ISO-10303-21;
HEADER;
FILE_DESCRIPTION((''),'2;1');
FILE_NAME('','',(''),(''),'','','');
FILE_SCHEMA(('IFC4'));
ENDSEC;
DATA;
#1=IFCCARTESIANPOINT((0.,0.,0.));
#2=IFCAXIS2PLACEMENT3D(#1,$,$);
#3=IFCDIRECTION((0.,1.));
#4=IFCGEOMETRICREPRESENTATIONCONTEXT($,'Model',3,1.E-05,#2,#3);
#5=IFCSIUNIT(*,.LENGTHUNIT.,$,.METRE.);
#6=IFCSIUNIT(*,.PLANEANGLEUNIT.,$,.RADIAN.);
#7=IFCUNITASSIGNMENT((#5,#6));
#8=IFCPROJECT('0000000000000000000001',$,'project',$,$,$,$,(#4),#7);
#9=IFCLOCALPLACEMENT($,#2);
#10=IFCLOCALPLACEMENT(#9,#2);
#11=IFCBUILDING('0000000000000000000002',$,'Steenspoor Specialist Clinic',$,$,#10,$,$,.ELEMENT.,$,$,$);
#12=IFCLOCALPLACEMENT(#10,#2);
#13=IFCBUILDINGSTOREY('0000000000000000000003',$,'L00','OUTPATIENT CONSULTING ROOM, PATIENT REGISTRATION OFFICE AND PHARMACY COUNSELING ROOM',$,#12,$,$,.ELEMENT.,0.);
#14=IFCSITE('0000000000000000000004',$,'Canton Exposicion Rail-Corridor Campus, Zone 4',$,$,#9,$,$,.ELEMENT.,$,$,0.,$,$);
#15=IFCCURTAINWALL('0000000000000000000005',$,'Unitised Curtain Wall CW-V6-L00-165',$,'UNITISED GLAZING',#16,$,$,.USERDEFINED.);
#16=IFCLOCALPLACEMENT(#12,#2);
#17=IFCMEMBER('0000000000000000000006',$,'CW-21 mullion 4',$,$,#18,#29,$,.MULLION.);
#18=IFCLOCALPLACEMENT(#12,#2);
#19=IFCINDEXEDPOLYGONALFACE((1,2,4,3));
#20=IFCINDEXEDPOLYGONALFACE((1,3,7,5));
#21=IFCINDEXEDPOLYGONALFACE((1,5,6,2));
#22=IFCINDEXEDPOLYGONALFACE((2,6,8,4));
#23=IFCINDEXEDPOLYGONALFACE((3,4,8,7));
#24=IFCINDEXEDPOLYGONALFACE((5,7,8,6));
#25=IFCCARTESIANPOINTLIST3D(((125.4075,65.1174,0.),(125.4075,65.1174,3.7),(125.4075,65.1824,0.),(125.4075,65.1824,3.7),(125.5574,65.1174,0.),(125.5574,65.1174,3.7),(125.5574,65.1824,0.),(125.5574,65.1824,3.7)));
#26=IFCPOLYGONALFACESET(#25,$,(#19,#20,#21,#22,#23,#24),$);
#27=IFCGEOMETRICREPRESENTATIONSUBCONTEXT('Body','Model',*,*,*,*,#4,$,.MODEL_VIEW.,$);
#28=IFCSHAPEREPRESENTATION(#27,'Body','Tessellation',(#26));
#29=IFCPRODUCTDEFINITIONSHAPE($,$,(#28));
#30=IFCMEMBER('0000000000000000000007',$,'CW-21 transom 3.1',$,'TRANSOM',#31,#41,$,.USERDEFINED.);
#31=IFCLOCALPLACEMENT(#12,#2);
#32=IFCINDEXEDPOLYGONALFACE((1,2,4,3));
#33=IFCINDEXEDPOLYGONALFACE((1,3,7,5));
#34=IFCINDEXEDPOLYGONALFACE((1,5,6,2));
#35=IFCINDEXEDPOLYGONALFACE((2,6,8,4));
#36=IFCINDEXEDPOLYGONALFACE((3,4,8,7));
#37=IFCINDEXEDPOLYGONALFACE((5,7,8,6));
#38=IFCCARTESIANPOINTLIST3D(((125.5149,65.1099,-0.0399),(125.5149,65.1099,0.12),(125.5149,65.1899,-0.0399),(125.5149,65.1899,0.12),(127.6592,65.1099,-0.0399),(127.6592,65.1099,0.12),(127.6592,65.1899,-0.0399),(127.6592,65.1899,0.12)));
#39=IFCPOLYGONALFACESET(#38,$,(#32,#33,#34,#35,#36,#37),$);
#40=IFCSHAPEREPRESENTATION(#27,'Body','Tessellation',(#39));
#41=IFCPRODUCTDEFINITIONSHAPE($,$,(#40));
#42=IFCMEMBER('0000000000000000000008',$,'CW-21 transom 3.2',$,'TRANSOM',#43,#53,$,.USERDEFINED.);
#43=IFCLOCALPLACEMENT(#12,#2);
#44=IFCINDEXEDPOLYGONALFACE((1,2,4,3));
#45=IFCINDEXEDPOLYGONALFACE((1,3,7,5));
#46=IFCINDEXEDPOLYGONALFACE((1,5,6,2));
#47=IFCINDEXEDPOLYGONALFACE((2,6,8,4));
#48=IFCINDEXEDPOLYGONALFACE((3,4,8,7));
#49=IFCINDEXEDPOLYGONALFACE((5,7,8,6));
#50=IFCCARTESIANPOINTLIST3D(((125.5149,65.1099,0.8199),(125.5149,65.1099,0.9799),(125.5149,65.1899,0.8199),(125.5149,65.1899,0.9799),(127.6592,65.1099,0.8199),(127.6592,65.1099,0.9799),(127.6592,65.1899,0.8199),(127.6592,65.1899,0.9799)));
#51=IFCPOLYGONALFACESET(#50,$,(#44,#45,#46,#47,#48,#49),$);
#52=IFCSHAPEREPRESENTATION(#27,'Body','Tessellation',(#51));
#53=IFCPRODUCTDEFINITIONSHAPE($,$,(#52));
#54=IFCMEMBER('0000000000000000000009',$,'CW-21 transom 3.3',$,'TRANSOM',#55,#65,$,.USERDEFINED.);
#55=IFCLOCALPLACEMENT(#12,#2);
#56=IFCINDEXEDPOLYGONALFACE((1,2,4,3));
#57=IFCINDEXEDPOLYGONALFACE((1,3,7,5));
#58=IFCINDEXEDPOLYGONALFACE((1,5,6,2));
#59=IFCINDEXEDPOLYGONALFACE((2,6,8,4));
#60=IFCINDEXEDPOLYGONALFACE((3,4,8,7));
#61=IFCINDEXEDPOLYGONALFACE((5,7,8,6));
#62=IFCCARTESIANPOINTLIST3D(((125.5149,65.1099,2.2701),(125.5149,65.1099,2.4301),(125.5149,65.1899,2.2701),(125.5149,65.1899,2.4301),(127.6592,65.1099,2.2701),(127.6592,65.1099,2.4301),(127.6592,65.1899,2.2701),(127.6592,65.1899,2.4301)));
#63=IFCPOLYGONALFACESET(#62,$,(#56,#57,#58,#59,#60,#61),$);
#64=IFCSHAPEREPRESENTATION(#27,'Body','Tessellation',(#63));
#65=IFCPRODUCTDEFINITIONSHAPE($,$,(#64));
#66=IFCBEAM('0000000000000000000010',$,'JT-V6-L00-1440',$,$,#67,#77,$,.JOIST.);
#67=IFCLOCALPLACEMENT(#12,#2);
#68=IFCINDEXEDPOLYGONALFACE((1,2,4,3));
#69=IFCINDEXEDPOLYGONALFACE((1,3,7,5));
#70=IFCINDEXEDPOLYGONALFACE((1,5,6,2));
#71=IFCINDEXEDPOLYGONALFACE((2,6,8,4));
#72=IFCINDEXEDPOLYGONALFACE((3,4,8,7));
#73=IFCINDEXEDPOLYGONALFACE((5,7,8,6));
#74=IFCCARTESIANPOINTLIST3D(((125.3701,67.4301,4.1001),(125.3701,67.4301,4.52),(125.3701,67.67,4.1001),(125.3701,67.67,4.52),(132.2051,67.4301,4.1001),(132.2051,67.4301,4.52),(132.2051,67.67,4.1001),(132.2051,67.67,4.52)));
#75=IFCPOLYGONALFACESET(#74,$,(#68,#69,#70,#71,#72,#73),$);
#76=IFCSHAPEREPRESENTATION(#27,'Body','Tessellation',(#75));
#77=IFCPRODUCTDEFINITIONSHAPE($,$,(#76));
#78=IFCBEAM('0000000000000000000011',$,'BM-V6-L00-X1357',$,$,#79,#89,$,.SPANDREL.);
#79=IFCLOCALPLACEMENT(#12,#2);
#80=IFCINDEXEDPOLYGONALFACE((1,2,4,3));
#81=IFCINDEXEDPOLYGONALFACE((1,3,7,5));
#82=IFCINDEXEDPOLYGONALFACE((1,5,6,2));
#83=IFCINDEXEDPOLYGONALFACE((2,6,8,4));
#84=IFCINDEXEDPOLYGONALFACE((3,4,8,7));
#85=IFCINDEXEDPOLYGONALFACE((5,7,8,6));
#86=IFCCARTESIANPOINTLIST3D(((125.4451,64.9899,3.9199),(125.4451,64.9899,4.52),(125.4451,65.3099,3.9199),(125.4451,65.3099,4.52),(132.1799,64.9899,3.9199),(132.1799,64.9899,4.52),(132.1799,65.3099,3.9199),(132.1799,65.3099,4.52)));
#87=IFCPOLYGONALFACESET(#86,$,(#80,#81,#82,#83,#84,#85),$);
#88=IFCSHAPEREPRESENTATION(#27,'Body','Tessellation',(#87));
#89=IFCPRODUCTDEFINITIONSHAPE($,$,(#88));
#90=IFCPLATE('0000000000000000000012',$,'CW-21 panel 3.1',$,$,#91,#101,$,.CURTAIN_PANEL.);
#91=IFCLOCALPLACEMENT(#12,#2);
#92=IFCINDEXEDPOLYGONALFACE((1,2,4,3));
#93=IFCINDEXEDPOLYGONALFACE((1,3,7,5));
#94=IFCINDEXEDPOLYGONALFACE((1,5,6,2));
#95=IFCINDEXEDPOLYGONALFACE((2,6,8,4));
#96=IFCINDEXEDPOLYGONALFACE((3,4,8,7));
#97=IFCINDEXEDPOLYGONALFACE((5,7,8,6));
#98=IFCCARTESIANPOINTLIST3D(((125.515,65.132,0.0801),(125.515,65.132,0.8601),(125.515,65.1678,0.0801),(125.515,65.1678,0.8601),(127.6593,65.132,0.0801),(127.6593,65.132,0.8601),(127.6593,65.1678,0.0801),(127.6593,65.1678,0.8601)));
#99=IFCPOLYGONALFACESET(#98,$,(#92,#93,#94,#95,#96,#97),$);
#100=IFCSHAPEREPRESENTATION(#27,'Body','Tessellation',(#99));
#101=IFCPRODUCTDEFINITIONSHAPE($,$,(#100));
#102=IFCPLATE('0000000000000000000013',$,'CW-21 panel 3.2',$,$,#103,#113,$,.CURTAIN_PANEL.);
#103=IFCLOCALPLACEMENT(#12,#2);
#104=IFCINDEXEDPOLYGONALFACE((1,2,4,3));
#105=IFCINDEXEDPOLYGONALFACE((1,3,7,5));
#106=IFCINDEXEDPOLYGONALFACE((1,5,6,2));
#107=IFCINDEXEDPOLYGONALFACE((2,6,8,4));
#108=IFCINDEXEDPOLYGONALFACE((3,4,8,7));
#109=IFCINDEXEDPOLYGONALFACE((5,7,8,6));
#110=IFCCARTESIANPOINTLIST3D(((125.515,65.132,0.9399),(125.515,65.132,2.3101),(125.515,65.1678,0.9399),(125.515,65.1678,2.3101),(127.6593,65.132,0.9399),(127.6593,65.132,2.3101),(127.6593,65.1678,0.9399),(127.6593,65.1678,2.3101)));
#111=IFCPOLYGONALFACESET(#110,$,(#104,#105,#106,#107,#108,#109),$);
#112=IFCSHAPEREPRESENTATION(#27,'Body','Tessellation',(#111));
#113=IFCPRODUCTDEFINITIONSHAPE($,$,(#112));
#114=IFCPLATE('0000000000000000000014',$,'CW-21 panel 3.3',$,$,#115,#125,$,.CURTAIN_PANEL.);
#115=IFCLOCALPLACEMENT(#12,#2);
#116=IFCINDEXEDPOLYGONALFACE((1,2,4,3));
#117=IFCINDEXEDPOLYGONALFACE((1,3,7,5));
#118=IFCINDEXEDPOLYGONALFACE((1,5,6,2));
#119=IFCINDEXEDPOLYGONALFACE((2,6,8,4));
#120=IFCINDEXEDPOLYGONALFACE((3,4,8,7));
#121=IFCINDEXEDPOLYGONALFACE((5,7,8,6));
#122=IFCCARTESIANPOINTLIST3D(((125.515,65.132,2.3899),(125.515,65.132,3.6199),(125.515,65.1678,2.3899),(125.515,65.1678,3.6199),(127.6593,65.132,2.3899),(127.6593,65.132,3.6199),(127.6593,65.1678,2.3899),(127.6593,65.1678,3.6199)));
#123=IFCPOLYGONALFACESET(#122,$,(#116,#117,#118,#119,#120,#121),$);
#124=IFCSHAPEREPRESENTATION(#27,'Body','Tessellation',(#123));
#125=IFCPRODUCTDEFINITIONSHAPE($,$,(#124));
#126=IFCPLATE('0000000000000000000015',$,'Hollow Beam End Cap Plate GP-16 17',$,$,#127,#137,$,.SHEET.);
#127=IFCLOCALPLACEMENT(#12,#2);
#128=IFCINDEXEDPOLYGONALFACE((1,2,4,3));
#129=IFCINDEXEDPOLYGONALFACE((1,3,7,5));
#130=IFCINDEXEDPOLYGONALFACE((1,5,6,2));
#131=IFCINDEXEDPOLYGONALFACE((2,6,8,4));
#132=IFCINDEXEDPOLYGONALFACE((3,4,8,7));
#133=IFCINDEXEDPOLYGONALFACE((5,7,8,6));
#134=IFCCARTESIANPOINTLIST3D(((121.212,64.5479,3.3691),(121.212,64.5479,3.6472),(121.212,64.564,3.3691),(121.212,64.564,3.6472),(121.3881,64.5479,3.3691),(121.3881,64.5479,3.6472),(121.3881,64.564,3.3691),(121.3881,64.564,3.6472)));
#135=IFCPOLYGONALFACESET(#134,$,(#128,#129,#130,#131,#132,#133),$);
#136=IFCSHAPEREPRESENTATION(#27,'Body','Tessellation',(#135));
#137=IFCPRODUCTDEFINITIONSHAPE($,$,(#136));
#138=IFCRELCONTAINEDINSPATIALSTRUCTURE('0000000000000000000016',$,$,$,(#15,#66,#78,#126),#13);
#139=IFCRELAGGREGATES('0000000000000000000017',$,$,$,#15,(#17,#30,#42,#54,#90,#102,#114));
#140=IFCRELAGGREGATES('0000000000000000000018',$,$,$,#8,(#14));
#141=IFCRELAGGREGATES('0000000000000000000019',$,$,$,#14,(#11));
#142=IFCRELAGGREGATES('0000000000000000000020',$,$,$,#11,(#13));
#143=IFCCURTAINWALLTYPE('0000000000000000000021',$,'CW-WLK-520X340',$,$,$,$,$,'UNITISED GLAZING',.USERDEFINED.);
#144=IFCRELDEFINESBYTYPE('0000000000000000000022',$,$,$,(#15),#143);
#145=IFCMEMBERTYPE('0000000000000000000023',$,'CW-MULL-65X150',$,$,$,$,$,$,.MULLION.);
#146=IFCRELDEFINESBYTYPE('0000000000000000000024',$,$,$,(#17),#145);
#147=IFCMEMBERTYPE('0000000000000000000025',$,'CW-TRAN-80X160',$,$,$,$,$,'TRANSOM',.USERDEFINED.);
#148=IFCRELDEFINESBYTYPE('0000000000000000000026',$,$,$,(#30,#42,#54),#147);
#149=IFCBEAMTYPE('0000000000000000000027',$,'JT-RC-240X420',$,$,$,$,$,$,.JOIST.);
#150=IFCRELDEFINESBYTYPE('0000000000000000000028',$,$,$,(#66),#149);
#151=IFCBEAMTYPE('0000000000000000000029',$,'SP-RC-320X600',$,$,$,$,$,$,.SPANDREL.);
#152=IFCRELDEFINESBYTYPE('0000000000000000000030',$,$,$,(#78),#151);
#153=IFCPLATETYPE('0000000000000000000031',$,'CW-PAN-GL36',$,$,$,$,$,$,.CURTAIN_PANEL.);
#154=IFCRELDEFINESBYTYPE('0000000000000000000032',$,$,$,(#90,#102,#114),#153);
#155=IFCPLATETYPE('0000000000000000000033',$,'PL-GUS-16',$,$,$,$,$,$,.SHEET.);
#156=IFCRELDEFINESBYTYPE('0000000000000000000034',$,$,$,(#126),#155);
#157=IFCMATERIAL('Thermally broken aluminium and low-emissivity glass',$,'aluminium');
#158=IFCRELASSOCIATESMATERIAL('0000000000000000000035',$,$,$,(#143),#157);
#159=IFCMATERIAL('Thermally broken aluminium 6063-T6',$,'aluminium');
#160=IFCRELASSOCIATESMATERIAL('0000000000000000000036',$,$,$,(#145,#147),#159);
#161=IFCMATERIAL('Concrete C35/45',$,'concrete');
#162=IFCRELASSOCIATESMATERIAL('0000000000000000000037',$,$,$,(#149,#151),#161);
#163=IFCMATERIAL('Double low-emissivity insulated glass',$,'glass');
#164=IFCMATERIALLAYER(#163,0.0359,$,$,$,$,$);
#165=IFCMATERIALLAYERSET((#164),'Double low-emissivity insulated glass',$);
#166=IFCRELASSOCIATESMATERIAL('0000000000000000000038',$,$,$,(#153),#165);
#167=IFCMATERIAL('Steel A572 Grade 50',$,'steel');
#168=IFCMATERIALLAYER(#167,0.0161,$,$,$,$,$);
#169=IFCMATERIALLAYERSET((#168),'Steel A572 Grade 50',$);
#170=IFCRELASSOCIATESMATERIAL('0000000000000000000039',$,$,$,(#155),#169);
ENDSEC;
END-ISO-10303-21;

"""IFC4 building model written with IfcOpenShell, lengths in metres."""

from ifc_helpers import new_model, si_unit, direction, frame, origin, origin_2d, place, context, subcontext, project, spatial, rectangle, extrude, material, layer, layer_set, material_profile, profile_set, type_object, element, aggregate, save


model = new_model("IFC4")

# Units and contexts
model_context = context("Model", 3, precision=1e-05, world=origin(), true_north=direction((0.0, 1.0)))
body_context = subcontext(model_context, "Body", "Model", "MODEL_VIEW")
ifc_project = project(units=[si_unit("LENGTHUNIT", "METRE"), si_unit("PLANEANGLEUNIT", "RADIAN")], contexts=[model_context])

# Site, building, storey
site_placement = place(None, origin())
site = spatial("IfcSite", under=ifc_project, at=site_placement, Name="Canton Exposicion Rail-Corridor Campus, Zone 4", CompositionType="ELEMENT", RefElevation=0.0)
building_placement = place(site_placement, origin())
building = spatial("IfcBuilding", under=site, at=building_placement, Name="Steenspoor Specialist Clinic", CompositionType="ELEMENT")
storey_placement = place(building_placement, origin())
storey = spatial("IfcBuildingStorey", under=building, at=storey_placement, Name="L00", Description="OUTPATIENT CONSULTING ROOM, PATIENT REGISTRATION OFFICE AND PHARMACY COUNSELING ROOM", CompositionType="ELEMENT", Elevation=0.0)

# Shared definitions
ifc_material_1 = material(Name="Concrete C35/45", Category="concrete")

# Curtain wall, members
ifc_material_2 = material(Name="Thermally broken aluminium and low-emissivity glass", Category="aluminium")
curtain_wall_type = type_object("IfcCurtainWallType", Name="CW-WLK-520X340", ElementType="UNITISED GLAZING", PredefinedType="USERDEFINED", material=ifc_material_2)
curtain_wall_placement = place(storey_placement, origin())
curtain_wall = element("IfcCurtainWall", 1, at=curtain_wall_placement, inside=storey, type_object=curtain_wall_type, Name="Unitised Curtain Wall CW-V6-L00-165", ObjectType="UNITISED GLAZING", PredefinedType="USERDEFINED")
ifc_material_3 = material(Name="Thermally broken aluminium 6063-T6", Category="aluminium")
ifc_material_profile_1 = material_profile(ifc_material_3, rectangle(XDim=0.0649, YDim=0.1499, at=origin_2d()), Name="CWM-65X150")
ifc_profile_set_1 = profile_set([ifc_material_profile_1], Name="Thermally broken aluminium 6063-T6")
member_type_1 = type_object("IfcMemberType", Name="CW-MULL-65X150", PredefinedType="MULLION", material=ifc_profile_set_1)
member_1_placement = place(storey_placement, frame((125.4824, 65.1499, 0.0), z_axis=(0.0, 0.0, 1.0), x_axis=(0.0, -1.0, 0.0)))
member_1 = element("IfcMember", 2, at=member_1_placement, type_object=member_type_1, Name="CW-21 mullion 4", PredefinedType="MULLION", context=body_context, shape_type="SweptSolid", body=[
    extrude(rectangle(XDim=0.0649, YDim=0.1499, at=origin_2d()), origin(), (0.0, 0.0, 1.0), 3.7),
])
ifc_material_profile_2 = material_profile(ifc_material_3, rectangle(XDim=0.0801, YDim=0.1599, at=origin_2d()), Name="CWT-80X160")
ifc_profile_set_2 = profile_set([ifc_material_profile_2], Name="Thermally broken aluminium 6063-T6")
member_type_2 = type_object("IfcMemberType", Name="CW-TRAN-80X160", ElementType="TRANSOM", PredefinedType="USERDEFINED", material=ifc_profile_set_2)
member_2_placement = place(storey_placement, frame((127.6592, 65.1499, 0.04), z_axis=(-1.0, 0.0, 0.0), x_axis=(0.0, -1.0, 0.0)))
member_2 = element("IfcMember", 3, at=member_2_placement, type_object=member_type_2, Name="CW-21 transom 3.1", ObjectType="TRANSOM", PredefinedType="USERDEFINED", context=body_context, shape_type="SweptSolid", body=[
    extrude(rectangle(XDim=0.0801, YDim=0.1599, at=origin_2d()), origin(), (0.0, 0.0, 1.0), 2.1443),
])
member_3_placement = place(storey_placement, frame((127.6592, 65.1499, 0.8999), z_axis=(-1.0, 0.0, 0.0), x_axis=(0.0, -1.0, 0.0)))
member_3 = element("IfcMember", 4, at=member_3_placement, type_object=member_type_2, Name="CW-21 transom 3.2", ObjectType="TRANSOM", PredefinedType="USERDEFINED", context=body_context, shape_type="SweptSolid", body=[
    extrude(rectangle(XDim=0.0801, YDim=0.1599, at=origin_2d()), origin(), (0.0, 0.0, 1.0), 2.1443),
])
member_4_placement = place(storey_placement, frame((127.6592, 65.1499, 2.3501), z_axis=(-1.0, 0.0, 0.0), x_axis=(0.0, -1.0, 0.0)))
member_4 = element("IfcMember", 5, at=member_4_placement, type_object=member_type_2, Name="CW-21 transom 3.3", ObjectType="TRANSOM", PredefinedType="USERDEFINED", context=body_context, shape_type="SweptSolid", body=[
    extrude(rectangle(XDim=0.0801, YDim=0.1599, at=origin_2d()), origin(), (0.0, 0.0, 1.0), 2.1443),
])

# Beams
ifc_material_profile_3 = material_profile(ifc_material_1, rectangle(XDim=0.24, YDim=0.4199, at=origin_2d()), Name="RC-JT-240X420")
ifc_profile_set_3 = profile_set([ifc_material_profile_3], Name="Concrete C35/45")
beam_type_1 = type_object("IfcBeamType", Name="JT-RC-240X420", PredefinedType="JOIST", material=ifc_profile_set_3)
beam_1_placement = place(storey_placement, frame((125.3701, 67.55, 4.3101), z_axis=(1.0, 0.0, 0.0), x_axis=(0.0, 1.0, 0.0)))
element("IfcBeam", 6, at=beam_1_placement, inside=storey, type_object=beam_type_1, Name="JT-V6-L00-1440", PredefinedType="JOIST", context=body_context, shape_type="SweptSolid", body=[
    extrude(rectangle(XDim=0.24, YDim=0.4199, at=origin_2d()), origin(), (0.0, 0.0, 1.0), 6.835),
])
ifc_material_profile_4 = material_profile(ifc_material_1, rectangle(XDim=0.3201, YDim=0.6001, at=origin_2d()), Name="RC-SP-320X600")
ifc_profile_set_4 = profile_set([ifc_material_profile_4], Name="Concrete C35/45")
beam_type_2 = type_object("IfcBeamType", Name="SP-RC-320X600", PredefinedType="SPANDREL", material=ifc_profile_set_4)
beam_2_placement = place(storey_placement, frame((125.4451, 65.1499, 4.22), z_axis=(1.0, 0.0, 0.0), x_axis=(0.0, 1.0, 0.0)))
element("IfcBeam", 7, at=beam_2_placement, inside=storey, type_object=beam_type_2, Name="BM-V6-L00-X1357", PredefinedType="SPANDREL", context=body_context, shape_type="SweptSolid", body=[
    extrude(rectangle(XDim=0.3201, YDim=0.6001, at=origin_2d()), origin(), (0.0, 0.0, 1.0), 6.7349),
])

# Plates
ifc_material_4 = material(Name="Double low-emissivity insulated glass", Category="glass")
ifc_layer_1 = layer(ifc_material_4, 0.0359)
ifc_layer_set_1 = layer_set([ifc_layer_1], Name="Double low-emissivity insulated glass")
plate_type_1 = type_object("IfcPlateType", Name="CW-PAN-GL36", PredefinedType="CURTAIN_PANEL", material=ifc_layer_set_1)
plate_1_placement = place(storey_placement, frame((126.5872, 65.1499, 0.0801), z_axis=(0.0, 0.0, 1.0), x_axis=(-1.0, 0.0, 0.0)))
plate_1 = element("IfcPlate", 8, at=plate_1_placement, type_object=plate_type_1, Name="CW-21 panel 3.1", PredefinedType="CURTAIN_PANEL", context=body_context, shape_type="SweptSolid", body=[
    extrude(rectangle(XDim=2.1443, YDim=0.0359, at=origin_2d()), origin(), (0.0, 0.0, 1.0), 0.78),
])
plate_2_placement = place(storey_placement, frame((126.5872, 65.1499, 0.9399), z_axis=(0.0, 0.0, 1.0), x_axis=(-1.0, 0.0, 0.0)))
plate_2 = element("IfcPlate", 9, at=plate_2_placement, type_object=plate_type_1, Name="CW-21 panel 3.2", PredefinedType="CURTAIN_PANEL", context=body_context, shape_type="SweptSolid", body=[
    extrude(rectangle(XDim=2.1443, YDim=0.0359, at=origin_2d()), origin(), (0.0, 0.0, 1.0), 1.3701),
])
plate_3_placement = place(storey_placement, frame((126.5872, 65.1499, 2.3899), z_axis=(0.0, 0.0, 1.0), x_axis=(-1.0, 0.0, 0.0)))
plate_3 = element("IfcPlate", 10, at=plate_3_placement, type_object=plate_type_1, Name="CW-21 panel 3.3", PredefinedType="CURTAIN_PANEL", context=body_context, shape_type="SweptSolid", body=[
    extrude(rectangle(XDim=2.1443, YDim=0.0359, at=origin_2d()), origin(), (0.0, 0.0, 1.0), 1.23),
])
aggregate(curtain_wall, [member_1, member_2, member_3, member_4, plate_1, plate_2, plate_3])
ifc_material_5 = material(Name="Steel A572 Grade 50", Category="steel")
ifc_layer_2 = layer(ifc_material_5, 0.0161)
ifc_layer_set_2 = layer_set([ifc_layer_2], Name="Steel A572 Grade 50")
plate_type_2 = type_object("IfcPlateType", Name="PL-GUS-16", PredefinedType="SHEET", material=ifc_layer_set_2)
plate_4_placement = place(storey_placement, frame((121.3, 64.5559, 3.3691), z_axis=(0.0, 0.0, 1.0), x_axis=(1.0, 0.0, 0.0)))
element("IfcPlate", 11, at=plate_4_placement, inside=storey, type_object=plate_type_2, Name="Hollow Beam End Cap Plate GP-16 17", PredefinedType="SHEET", context=body_context, shape_type="SweptSolid", body=[
    extrude(rectangle(XDim=0.176, YDim=0.0161, at=origin_2d()), origin(), (0.0, 0.0, 1.0), 0.2781),
])

save(model, "model.ifc")
